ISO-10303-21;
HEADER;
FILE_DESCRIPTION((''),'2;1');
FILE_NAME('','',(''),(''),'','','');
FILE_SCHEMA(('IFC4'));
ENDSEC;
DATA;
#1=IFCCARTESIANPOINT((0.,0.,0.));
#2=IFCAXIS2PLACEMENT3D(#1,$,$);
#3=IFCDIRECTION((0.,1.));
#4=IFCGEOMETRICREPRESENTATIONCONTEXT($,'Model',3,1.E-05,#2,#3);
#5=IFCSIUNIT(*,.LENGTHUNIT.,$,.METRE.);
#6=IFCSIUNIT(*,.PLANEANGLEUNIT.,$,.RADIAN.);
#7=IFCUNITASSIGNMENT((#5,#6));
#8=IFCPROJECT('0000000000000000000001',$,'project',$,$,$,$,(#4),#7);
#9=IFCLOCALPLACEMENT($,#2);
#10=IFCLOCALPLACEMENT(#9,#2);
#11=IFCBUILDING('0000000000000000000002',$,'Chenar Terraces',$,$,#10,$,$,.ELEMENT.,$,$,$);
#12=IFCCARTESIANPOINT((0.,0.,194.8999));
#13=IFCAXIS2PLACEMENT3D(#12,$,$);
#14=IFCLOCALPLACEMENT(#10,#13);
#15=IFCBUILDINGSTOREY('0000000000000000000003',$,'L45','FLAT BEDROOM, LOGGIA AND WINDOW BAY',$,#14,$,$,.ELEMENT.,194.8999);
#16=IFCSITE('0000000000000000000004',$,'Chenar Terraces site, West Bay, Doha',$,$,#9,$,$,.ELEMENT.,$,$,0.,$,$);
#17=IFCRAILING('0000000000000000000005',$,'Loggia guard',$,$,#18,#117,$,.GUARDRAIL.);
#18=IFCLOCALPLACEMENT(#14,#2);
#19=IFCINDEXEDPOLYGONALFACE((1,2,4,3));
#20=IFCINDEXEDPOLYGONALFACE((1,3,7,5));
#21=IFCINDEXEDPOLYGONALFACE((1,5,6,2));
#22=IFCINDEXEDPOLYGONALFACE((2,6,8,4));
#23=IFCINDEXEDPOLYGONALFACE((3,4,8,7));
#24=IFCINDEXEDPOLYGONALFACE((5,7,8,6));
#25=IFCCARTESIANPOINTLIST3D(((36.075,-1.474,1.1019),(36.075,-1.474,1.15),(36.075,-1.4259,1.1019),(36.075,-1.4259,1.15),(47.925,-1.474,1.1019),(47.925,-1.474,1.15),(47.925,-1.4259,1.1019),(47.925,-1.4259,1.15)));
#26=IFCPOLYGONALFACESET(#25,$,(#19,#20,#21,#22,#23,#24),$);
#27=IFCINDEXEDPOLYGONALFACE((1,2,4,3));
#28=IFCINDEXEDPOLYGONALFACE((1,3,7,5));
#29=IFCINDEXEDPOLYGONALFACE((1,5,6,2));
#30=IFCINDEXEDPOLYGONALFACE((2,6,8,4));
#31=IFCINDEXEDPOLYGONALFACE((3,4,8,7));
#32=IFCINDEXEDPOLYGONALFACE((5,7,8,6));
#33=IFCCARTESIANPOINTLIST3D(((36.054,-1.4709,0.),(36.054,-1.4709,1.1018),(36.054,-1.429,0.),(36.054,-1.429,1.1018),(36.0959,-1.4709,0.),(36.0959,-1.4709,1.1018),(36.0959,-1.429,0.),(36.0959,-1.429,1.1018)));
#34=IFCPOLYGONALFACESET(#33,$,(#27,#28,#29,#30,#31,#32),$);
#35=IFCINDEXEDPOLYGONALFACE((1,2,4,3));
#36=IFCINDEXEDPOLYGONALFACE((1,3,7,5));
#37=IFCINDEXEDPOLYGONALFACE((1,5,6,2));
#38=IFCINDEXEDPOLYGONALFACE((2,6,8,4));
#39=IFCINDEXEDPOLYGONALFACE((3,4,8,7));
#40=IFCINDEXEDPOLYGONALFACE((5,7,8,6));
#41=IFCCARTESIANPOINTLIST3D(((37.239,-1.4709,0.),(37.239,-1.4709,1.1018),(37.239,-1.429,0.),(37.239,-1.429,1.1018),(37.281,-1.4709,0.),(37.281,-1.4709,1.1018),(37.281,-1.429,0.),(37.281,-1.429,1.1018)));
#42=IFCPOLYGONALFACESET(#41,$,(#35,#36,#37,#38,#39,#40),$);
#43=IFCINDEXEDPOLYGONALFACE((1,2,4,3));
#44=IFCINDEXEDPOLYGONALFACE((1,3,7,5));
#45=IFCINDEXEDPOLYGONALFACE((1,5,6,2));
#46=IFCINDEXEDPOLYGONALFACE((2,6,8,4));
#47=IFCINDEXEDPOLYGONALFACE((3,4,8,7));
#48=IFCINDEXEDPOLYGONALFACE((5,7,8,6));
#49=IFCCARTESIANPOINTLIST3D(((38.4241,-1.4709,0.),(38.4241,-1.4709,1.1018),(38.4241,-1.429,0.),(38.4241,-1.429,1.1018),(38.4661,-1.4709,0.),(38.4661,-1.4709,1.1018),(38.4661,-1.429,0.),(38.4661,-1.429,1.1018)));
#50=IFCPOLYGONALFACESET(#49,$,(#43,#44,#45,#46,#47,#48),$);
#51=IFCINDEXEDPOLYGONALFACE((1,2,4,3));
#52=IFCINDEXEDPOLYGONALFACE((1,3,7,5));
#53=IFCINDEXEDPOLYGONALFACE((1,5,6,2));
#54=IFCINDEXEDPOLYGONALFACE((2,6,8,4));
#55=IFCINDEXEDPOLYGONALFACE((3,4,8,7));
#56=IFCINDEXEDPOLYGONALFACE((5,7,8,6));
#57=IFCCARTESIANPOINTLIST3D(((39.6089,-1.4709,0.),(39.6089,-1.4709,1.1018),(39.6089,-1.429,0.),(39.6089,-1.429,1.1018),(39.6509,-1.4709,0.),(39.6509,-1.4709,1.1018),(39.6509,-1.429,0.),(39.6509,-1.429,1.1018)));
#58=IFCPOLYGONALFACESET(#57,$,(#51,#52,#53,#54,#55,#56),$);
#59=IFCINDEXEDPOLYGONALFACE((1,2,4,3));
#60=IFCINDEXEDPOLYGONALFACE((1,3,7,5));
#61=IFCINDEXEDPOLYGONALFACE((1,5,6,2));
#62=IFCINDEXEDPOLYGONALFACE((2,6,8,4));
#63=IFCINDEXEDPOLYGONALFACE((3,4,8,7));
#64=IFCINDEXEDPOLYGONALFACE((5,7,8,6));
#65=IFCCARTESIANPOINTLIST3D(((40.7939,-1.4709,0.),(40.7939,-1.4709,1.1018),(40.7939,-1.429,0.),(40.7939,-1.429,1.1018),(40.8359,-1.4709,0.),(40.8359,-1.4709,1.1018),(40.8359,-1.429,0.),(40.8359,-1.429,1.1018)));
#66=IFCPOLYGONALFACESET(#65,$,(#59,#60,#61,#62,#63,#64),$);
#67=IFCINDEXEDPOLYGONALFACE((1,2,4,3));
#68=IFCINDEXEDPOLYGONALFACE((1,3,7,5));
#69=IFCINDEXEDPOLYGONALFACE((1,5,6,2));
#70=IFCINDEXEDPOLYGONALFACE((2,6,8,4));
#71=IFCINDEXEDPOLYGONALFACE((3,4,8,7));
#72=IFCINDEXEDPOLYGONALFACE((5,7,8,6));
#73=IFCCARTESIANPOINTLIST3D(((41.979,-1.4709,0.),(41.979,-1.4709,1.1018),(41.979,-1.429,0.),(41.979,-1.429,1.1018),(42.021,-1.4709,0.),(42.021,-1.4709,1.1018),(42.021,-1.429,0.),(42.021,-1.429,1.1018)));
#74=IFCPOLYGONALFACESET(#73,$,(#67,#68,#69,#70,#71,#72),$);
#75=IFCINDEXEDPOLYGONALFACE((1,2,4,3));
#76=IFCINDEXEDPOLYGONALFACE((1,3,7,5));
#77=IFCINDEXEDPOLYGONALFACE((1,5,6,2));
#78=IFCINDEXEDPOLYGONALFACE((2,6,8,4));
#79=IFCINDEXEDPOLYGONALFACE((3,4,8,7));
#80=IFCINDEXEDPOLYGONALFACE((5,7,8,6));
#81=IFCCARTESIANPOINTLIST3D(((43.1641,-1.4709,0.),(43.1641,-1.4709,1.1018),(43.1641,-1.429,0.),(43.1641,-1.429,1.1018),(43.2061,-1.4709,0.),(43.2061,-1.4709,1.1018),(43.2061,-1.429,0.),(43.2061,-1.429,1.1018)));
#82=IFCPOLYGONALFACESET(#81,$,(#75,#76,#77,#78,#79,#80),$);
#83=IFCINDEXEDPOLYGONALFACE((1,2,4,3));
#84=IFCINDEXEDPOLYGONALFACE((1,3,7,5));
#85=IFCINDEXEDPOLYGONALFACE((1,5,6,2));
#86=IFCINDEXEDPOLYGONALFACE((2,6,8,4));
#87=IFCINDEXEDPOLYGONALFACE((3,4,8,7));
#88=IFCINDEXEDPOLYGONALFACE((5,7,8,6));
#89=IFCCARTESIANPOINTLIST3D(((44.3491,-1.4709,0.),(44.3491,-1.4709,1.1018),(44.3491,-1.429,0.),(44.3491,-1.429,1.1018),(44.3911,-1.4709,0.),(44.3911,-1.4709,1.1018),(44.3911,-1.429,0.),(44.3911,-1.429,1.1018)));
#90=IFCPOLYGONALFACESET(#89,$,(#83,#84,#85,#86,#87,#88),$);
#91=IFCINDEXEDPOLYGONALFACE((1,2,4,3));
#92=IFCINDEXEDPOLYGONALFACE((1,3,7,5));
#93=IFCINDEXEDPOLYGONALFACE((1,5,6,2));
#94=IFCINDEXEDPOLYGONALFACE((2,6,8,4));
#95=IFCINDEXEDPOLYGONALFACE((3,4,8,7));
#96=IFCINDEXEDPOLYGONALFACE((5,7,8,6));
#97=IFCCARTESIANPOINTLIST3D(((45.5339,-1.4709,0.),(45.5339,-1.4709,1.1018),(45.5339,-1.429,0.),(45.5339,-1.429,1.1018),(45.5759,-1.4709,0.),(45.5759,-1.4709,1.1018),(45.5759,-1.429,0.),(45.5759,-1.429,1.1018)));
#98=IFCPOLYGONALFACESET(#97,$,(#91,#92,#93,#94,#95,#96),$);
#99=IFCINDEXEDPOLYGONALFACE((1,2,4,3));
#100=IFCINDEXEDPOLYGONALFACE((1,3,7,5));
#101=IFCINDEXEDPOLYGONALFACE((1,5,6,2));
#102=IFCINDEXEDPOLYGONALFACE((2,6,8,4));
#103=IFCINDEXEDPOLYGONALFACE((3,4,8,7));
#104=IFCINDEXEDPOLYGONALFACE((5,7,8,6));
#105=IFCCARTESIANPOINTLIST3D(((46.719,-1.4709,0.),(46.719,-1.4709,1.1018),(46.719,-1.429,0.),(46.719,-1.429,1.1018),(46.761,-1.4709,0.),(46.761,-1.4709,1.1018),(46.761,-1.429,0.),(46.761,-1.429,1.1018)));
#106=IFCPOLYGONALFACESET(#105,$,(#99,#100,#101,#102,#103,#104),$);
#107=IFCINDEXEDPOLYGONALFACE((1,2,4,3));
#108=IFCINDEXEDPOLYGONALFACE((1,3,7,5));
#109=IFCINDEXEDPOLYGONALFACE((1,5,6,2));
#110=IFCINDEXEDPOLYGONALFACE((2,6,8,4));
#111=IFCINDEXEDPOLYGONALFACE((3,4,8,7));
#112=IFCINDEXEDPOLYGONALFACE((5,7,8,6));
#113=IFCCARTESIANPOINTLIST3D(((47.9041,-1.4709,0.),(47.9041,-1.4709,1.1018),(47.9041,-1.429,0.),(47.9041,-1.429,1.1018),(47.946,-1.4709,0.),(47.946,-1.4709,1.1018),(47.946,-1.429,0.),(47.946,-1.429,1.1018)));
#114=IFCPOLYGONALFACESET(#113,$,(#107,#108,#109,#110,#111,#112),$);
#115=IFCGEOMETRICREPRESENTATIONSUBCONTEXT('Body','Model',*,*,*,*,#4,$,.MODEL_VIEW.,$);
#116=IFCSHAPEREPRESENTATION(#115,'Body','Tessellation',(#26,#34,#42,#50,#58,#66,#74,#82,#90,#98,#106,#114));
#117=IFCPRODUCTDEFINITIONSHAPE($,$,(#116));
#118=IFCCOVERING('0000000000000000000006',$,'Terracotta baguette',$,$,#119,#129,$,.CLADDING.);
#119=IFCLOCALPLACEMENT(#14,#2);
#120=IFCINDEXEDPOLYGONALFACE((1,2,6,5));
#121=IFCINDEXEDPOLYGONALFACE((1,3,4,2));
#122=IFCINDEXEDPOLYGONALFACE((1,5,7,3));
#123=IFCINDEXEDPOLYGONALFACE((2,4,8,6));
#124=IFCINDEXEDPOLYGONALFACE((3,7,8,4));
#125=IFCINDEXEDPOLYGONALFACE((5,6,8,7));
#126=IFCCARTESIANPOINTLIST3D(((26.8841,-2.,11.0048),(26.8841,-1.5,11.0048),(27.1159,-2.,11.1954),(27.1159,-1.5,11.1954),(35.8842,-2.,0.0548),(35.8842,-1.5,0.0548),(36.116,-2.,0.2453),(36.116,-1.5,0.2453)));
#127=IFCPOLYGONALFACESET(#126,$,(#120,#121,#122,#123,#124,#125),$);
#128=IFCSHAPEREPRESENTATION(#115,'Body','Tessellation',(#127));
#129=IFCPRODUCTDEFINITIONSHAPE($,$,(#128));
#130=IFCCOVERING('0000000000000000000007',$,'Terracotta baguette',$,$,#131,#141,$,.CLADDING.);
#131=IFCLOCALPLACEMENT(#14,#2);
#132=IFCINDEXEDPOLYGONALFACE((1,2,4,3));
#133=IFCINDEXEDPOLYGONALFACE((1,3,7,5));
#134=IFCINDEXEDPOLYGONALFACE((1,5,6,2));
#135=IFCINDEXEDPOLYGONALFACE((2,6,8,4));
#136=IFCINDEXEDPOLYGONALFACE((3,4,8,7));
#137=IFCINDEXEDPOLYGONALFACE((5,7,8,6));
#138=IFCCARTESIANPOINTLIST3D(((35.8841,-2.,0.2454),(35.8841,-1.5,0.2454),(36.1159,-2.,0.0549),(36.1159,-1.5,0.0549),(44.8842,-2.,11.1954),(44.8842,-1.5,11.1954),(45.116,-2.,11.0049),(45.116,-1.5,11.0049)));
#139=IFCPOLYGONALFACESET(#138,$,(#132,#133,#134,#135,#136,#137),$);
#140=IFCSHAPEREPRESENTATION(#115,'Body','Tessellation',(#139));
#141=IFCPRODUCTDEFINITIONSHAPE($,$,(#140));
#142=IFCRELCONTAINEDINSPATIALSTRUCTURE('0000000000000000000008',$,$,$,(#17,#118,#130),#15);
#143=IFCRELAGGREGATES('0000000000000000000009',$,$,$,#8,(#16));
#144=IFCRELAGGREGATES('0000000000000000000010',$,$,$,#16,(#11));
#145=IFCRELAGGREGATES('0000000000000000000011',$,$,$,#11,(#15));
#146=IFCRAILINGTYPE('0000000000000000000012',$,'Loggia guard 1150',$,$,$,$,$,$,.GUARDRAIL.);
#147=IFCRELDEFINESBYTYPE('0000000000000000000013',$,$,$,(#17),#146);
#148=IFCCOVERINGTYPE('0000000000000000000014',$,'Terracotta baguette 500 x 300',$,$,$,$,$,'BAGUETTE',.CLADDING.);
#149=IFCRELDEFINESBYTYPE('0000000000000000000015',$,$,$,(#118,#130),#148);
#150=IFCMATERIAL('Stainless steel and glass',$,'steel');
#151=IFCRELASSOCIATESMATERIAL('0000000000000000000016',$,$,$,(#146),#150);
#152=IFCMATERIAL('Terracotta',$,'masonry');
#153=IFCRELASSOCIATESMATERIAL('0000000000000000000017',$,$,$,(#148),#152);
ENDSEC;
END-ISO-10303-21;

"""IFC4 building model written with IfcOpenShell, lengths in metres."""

from ifc_helpers import new_model, si_unit, direction, frame, origin, origin_2d, place, context, subcontext, project, spatial, rectangle, extrude, material, material_profile, profile_set, type_object, element, save


model = new_model("IFC4")

# Units and contexts
model_context = context("Model", 3, precision=1e-05, world=origin(), true_north=direction((0.0, 1.0)))
body_context = subcontext(model_context, "Body", "Model", "MODEL_VIEW")
ifc_project = project(units=[si_unit("LENGTHUNIT", "METRE"), si_unit("PLANEANGLEUNIT", "RADIAN")], contexts=[model_context])

# Site, building, storey
site_placement = place(None, origin())
site = spatial("IfcSite", under=ifc_project, at=site_placement, Name="Chenar Terraces site, West Bay, Doha", CompositionType="ELEMENT", RefElevation=0.0)
building_placement = place(site_placement, origin())
building = spatial("IfcBuilding", under=site, at=building_placement, Name="Chenar Terraces", CompositionType="ELEMENT")
storey_placement = place(building_placement, frame((0.0, 0.0, 194.8999)))
storey = spatial("IfcBuildingStorey", under=building, at=storey_placement, Name="L45", Description="FLAT BEDROOM, LOGGIA AND WINDOW BAY", CompositionType="ELEMENT", Elevation=194.8999)

# Railing
ifc_material_1 = material(Name="Stainless steel and glass", Category="steel")
railing_type = type_object("IfcRailingType", Name="Loggia guard 1150", PredefinedType="GUARDRAIL", material=ifc_material_1)
railing_placement = place(storey_placement, frame((36.075, -1.45, 0.0)))
element("IfcRailing", 1, at=railing_placement, inside=storey, type_object=railing_type, Name="Loggia guard", PredefinedType="GUARDRAIL", context=body_context, shape_type="SweptSolid", body=[
    extrude(rectangle(XDim=0.0481, YDim=0.0481, at=origin_2d()), frame((0.0, 0.0, 1.126), z_axis=(1.0, 0.0, 0.0), x_axis=(0.0, 1.0, 0.0)), (0.0, 0.0, 1.0), 11.8501),
    extrude(rectangle(XDim=0.042, YDim=0.042, at=origin_2d()), origin(), (0.0, 0.0, 1.0), 1.1018),
    extrude(rectangle(XDim=0.042, YDim=0.042, at=origin_2d()), frame((1.1851, 0.0, 0.0)), (0.0, 0.0, 1.0), 1.1018),
    extrude(rectangle(XDim=0.042, YDim=0.042, at=origin_2d()), frame((2.3701, 0.0, 0.0)), (0.0, 0.0, 1.0), 1.1018),
    extrude(rectangle(XDim=0.042, YDim=0.042, at=origin_2d()), frame((3.5549, 0.0, 0.0)), (0.0, 0.0, 1.0), 1.1018),
    extrude(rectangle(XDim=0.042, YDim=0.042, at=origin_2d()), frame((4.74, 0.0, 0.0)), (0.0, 0.0, 1.0), 1.1018),
    extrude(rectangle(XDim=0.042, YDim=0.042, at=origin_2d()), frame((5.925, 0.0, 0.0)), (0.0, 0.0, 1.0), 1.1018),
    extrude(rectangle(XDim=0.042, YDim=0.042, at=origin_2d()), frame((7.1101, 0.0, 0.0)), (0.0, 0.0, 1.0), 1.1018),
    extrude(rectangle(XDim=0.042, YDim=0.042, at=origin_2d()), frame((8.2952, 0.0, 0.0)), (0.0, 0.0, 1.0), 1.1018),
    extrude(rectangle(XDim=0.042, YDim=0.042, at=origin_2d()), frame((9.48, 0.0, 0.0)), (0.0, 0.0, 1.0), 1.1018),
    extrude(rectangle(XDim=0.042, YDim=0.042, at=origin_2d()), frame((10.665, 0.0, 0.0)), (0.0, 0.0, 1.0), 1.1018),
    extrude(rectangle(XDim=0.042, YDim=0.042, at=origin_2d()), frame((11.8501, 0.0, 0.0)), (0.0, 0.0, 1.0), 1.1018),
])

# Coverings
ifc_material_2 = material(Name="Terracotta", Category="masonry")
ifc_material_profile_1 = material_profile(ifc_material_2, rectangle(XDim=0.5, YDim=0.3, at=origin_2d()), Name="Terracotta baguette 500 x 300")
ifc_profile_set_1 = profile_set([ifc_material_profile_1], Name="Terracotta")
covering_type = type_object("IfcCoveringType", Name="Terracotta baguette 500 x 300", ElementType="BAGUETTE", PredefinedType="CLADDING", material=ifc_profile_set_1)
for number, where, z_axis, x_axis, name in (
    (2, (27.0, -1.75, 11.1001), (0.634967, 0.0, -0.772539), (0.0, 1.0, 0.0), "Terracotta baguette"),
    (3, (36.0, -1.75, 0.1501), (0.634967, 0.0, 0.772539), (0.0, 1.0, 0.0), "Terracotta baguette"),
):
    element("IfcCovering", number, at=place(storey_placement, frame(where, z_axis=z_axis, x_axis=x_axis)), inside=storey, type_object=covering_type, Name=name, PredefinedType="CLADDING", context=body_context, shape_type="SweptSolid", body=[
        extrude(rectangle(XDim=0.5, YDim=0.3, at=origin_2d()), origin(), (0.0, 0.0, 1.0), 14.1741),
    ])

save(model, "model.ifc")
